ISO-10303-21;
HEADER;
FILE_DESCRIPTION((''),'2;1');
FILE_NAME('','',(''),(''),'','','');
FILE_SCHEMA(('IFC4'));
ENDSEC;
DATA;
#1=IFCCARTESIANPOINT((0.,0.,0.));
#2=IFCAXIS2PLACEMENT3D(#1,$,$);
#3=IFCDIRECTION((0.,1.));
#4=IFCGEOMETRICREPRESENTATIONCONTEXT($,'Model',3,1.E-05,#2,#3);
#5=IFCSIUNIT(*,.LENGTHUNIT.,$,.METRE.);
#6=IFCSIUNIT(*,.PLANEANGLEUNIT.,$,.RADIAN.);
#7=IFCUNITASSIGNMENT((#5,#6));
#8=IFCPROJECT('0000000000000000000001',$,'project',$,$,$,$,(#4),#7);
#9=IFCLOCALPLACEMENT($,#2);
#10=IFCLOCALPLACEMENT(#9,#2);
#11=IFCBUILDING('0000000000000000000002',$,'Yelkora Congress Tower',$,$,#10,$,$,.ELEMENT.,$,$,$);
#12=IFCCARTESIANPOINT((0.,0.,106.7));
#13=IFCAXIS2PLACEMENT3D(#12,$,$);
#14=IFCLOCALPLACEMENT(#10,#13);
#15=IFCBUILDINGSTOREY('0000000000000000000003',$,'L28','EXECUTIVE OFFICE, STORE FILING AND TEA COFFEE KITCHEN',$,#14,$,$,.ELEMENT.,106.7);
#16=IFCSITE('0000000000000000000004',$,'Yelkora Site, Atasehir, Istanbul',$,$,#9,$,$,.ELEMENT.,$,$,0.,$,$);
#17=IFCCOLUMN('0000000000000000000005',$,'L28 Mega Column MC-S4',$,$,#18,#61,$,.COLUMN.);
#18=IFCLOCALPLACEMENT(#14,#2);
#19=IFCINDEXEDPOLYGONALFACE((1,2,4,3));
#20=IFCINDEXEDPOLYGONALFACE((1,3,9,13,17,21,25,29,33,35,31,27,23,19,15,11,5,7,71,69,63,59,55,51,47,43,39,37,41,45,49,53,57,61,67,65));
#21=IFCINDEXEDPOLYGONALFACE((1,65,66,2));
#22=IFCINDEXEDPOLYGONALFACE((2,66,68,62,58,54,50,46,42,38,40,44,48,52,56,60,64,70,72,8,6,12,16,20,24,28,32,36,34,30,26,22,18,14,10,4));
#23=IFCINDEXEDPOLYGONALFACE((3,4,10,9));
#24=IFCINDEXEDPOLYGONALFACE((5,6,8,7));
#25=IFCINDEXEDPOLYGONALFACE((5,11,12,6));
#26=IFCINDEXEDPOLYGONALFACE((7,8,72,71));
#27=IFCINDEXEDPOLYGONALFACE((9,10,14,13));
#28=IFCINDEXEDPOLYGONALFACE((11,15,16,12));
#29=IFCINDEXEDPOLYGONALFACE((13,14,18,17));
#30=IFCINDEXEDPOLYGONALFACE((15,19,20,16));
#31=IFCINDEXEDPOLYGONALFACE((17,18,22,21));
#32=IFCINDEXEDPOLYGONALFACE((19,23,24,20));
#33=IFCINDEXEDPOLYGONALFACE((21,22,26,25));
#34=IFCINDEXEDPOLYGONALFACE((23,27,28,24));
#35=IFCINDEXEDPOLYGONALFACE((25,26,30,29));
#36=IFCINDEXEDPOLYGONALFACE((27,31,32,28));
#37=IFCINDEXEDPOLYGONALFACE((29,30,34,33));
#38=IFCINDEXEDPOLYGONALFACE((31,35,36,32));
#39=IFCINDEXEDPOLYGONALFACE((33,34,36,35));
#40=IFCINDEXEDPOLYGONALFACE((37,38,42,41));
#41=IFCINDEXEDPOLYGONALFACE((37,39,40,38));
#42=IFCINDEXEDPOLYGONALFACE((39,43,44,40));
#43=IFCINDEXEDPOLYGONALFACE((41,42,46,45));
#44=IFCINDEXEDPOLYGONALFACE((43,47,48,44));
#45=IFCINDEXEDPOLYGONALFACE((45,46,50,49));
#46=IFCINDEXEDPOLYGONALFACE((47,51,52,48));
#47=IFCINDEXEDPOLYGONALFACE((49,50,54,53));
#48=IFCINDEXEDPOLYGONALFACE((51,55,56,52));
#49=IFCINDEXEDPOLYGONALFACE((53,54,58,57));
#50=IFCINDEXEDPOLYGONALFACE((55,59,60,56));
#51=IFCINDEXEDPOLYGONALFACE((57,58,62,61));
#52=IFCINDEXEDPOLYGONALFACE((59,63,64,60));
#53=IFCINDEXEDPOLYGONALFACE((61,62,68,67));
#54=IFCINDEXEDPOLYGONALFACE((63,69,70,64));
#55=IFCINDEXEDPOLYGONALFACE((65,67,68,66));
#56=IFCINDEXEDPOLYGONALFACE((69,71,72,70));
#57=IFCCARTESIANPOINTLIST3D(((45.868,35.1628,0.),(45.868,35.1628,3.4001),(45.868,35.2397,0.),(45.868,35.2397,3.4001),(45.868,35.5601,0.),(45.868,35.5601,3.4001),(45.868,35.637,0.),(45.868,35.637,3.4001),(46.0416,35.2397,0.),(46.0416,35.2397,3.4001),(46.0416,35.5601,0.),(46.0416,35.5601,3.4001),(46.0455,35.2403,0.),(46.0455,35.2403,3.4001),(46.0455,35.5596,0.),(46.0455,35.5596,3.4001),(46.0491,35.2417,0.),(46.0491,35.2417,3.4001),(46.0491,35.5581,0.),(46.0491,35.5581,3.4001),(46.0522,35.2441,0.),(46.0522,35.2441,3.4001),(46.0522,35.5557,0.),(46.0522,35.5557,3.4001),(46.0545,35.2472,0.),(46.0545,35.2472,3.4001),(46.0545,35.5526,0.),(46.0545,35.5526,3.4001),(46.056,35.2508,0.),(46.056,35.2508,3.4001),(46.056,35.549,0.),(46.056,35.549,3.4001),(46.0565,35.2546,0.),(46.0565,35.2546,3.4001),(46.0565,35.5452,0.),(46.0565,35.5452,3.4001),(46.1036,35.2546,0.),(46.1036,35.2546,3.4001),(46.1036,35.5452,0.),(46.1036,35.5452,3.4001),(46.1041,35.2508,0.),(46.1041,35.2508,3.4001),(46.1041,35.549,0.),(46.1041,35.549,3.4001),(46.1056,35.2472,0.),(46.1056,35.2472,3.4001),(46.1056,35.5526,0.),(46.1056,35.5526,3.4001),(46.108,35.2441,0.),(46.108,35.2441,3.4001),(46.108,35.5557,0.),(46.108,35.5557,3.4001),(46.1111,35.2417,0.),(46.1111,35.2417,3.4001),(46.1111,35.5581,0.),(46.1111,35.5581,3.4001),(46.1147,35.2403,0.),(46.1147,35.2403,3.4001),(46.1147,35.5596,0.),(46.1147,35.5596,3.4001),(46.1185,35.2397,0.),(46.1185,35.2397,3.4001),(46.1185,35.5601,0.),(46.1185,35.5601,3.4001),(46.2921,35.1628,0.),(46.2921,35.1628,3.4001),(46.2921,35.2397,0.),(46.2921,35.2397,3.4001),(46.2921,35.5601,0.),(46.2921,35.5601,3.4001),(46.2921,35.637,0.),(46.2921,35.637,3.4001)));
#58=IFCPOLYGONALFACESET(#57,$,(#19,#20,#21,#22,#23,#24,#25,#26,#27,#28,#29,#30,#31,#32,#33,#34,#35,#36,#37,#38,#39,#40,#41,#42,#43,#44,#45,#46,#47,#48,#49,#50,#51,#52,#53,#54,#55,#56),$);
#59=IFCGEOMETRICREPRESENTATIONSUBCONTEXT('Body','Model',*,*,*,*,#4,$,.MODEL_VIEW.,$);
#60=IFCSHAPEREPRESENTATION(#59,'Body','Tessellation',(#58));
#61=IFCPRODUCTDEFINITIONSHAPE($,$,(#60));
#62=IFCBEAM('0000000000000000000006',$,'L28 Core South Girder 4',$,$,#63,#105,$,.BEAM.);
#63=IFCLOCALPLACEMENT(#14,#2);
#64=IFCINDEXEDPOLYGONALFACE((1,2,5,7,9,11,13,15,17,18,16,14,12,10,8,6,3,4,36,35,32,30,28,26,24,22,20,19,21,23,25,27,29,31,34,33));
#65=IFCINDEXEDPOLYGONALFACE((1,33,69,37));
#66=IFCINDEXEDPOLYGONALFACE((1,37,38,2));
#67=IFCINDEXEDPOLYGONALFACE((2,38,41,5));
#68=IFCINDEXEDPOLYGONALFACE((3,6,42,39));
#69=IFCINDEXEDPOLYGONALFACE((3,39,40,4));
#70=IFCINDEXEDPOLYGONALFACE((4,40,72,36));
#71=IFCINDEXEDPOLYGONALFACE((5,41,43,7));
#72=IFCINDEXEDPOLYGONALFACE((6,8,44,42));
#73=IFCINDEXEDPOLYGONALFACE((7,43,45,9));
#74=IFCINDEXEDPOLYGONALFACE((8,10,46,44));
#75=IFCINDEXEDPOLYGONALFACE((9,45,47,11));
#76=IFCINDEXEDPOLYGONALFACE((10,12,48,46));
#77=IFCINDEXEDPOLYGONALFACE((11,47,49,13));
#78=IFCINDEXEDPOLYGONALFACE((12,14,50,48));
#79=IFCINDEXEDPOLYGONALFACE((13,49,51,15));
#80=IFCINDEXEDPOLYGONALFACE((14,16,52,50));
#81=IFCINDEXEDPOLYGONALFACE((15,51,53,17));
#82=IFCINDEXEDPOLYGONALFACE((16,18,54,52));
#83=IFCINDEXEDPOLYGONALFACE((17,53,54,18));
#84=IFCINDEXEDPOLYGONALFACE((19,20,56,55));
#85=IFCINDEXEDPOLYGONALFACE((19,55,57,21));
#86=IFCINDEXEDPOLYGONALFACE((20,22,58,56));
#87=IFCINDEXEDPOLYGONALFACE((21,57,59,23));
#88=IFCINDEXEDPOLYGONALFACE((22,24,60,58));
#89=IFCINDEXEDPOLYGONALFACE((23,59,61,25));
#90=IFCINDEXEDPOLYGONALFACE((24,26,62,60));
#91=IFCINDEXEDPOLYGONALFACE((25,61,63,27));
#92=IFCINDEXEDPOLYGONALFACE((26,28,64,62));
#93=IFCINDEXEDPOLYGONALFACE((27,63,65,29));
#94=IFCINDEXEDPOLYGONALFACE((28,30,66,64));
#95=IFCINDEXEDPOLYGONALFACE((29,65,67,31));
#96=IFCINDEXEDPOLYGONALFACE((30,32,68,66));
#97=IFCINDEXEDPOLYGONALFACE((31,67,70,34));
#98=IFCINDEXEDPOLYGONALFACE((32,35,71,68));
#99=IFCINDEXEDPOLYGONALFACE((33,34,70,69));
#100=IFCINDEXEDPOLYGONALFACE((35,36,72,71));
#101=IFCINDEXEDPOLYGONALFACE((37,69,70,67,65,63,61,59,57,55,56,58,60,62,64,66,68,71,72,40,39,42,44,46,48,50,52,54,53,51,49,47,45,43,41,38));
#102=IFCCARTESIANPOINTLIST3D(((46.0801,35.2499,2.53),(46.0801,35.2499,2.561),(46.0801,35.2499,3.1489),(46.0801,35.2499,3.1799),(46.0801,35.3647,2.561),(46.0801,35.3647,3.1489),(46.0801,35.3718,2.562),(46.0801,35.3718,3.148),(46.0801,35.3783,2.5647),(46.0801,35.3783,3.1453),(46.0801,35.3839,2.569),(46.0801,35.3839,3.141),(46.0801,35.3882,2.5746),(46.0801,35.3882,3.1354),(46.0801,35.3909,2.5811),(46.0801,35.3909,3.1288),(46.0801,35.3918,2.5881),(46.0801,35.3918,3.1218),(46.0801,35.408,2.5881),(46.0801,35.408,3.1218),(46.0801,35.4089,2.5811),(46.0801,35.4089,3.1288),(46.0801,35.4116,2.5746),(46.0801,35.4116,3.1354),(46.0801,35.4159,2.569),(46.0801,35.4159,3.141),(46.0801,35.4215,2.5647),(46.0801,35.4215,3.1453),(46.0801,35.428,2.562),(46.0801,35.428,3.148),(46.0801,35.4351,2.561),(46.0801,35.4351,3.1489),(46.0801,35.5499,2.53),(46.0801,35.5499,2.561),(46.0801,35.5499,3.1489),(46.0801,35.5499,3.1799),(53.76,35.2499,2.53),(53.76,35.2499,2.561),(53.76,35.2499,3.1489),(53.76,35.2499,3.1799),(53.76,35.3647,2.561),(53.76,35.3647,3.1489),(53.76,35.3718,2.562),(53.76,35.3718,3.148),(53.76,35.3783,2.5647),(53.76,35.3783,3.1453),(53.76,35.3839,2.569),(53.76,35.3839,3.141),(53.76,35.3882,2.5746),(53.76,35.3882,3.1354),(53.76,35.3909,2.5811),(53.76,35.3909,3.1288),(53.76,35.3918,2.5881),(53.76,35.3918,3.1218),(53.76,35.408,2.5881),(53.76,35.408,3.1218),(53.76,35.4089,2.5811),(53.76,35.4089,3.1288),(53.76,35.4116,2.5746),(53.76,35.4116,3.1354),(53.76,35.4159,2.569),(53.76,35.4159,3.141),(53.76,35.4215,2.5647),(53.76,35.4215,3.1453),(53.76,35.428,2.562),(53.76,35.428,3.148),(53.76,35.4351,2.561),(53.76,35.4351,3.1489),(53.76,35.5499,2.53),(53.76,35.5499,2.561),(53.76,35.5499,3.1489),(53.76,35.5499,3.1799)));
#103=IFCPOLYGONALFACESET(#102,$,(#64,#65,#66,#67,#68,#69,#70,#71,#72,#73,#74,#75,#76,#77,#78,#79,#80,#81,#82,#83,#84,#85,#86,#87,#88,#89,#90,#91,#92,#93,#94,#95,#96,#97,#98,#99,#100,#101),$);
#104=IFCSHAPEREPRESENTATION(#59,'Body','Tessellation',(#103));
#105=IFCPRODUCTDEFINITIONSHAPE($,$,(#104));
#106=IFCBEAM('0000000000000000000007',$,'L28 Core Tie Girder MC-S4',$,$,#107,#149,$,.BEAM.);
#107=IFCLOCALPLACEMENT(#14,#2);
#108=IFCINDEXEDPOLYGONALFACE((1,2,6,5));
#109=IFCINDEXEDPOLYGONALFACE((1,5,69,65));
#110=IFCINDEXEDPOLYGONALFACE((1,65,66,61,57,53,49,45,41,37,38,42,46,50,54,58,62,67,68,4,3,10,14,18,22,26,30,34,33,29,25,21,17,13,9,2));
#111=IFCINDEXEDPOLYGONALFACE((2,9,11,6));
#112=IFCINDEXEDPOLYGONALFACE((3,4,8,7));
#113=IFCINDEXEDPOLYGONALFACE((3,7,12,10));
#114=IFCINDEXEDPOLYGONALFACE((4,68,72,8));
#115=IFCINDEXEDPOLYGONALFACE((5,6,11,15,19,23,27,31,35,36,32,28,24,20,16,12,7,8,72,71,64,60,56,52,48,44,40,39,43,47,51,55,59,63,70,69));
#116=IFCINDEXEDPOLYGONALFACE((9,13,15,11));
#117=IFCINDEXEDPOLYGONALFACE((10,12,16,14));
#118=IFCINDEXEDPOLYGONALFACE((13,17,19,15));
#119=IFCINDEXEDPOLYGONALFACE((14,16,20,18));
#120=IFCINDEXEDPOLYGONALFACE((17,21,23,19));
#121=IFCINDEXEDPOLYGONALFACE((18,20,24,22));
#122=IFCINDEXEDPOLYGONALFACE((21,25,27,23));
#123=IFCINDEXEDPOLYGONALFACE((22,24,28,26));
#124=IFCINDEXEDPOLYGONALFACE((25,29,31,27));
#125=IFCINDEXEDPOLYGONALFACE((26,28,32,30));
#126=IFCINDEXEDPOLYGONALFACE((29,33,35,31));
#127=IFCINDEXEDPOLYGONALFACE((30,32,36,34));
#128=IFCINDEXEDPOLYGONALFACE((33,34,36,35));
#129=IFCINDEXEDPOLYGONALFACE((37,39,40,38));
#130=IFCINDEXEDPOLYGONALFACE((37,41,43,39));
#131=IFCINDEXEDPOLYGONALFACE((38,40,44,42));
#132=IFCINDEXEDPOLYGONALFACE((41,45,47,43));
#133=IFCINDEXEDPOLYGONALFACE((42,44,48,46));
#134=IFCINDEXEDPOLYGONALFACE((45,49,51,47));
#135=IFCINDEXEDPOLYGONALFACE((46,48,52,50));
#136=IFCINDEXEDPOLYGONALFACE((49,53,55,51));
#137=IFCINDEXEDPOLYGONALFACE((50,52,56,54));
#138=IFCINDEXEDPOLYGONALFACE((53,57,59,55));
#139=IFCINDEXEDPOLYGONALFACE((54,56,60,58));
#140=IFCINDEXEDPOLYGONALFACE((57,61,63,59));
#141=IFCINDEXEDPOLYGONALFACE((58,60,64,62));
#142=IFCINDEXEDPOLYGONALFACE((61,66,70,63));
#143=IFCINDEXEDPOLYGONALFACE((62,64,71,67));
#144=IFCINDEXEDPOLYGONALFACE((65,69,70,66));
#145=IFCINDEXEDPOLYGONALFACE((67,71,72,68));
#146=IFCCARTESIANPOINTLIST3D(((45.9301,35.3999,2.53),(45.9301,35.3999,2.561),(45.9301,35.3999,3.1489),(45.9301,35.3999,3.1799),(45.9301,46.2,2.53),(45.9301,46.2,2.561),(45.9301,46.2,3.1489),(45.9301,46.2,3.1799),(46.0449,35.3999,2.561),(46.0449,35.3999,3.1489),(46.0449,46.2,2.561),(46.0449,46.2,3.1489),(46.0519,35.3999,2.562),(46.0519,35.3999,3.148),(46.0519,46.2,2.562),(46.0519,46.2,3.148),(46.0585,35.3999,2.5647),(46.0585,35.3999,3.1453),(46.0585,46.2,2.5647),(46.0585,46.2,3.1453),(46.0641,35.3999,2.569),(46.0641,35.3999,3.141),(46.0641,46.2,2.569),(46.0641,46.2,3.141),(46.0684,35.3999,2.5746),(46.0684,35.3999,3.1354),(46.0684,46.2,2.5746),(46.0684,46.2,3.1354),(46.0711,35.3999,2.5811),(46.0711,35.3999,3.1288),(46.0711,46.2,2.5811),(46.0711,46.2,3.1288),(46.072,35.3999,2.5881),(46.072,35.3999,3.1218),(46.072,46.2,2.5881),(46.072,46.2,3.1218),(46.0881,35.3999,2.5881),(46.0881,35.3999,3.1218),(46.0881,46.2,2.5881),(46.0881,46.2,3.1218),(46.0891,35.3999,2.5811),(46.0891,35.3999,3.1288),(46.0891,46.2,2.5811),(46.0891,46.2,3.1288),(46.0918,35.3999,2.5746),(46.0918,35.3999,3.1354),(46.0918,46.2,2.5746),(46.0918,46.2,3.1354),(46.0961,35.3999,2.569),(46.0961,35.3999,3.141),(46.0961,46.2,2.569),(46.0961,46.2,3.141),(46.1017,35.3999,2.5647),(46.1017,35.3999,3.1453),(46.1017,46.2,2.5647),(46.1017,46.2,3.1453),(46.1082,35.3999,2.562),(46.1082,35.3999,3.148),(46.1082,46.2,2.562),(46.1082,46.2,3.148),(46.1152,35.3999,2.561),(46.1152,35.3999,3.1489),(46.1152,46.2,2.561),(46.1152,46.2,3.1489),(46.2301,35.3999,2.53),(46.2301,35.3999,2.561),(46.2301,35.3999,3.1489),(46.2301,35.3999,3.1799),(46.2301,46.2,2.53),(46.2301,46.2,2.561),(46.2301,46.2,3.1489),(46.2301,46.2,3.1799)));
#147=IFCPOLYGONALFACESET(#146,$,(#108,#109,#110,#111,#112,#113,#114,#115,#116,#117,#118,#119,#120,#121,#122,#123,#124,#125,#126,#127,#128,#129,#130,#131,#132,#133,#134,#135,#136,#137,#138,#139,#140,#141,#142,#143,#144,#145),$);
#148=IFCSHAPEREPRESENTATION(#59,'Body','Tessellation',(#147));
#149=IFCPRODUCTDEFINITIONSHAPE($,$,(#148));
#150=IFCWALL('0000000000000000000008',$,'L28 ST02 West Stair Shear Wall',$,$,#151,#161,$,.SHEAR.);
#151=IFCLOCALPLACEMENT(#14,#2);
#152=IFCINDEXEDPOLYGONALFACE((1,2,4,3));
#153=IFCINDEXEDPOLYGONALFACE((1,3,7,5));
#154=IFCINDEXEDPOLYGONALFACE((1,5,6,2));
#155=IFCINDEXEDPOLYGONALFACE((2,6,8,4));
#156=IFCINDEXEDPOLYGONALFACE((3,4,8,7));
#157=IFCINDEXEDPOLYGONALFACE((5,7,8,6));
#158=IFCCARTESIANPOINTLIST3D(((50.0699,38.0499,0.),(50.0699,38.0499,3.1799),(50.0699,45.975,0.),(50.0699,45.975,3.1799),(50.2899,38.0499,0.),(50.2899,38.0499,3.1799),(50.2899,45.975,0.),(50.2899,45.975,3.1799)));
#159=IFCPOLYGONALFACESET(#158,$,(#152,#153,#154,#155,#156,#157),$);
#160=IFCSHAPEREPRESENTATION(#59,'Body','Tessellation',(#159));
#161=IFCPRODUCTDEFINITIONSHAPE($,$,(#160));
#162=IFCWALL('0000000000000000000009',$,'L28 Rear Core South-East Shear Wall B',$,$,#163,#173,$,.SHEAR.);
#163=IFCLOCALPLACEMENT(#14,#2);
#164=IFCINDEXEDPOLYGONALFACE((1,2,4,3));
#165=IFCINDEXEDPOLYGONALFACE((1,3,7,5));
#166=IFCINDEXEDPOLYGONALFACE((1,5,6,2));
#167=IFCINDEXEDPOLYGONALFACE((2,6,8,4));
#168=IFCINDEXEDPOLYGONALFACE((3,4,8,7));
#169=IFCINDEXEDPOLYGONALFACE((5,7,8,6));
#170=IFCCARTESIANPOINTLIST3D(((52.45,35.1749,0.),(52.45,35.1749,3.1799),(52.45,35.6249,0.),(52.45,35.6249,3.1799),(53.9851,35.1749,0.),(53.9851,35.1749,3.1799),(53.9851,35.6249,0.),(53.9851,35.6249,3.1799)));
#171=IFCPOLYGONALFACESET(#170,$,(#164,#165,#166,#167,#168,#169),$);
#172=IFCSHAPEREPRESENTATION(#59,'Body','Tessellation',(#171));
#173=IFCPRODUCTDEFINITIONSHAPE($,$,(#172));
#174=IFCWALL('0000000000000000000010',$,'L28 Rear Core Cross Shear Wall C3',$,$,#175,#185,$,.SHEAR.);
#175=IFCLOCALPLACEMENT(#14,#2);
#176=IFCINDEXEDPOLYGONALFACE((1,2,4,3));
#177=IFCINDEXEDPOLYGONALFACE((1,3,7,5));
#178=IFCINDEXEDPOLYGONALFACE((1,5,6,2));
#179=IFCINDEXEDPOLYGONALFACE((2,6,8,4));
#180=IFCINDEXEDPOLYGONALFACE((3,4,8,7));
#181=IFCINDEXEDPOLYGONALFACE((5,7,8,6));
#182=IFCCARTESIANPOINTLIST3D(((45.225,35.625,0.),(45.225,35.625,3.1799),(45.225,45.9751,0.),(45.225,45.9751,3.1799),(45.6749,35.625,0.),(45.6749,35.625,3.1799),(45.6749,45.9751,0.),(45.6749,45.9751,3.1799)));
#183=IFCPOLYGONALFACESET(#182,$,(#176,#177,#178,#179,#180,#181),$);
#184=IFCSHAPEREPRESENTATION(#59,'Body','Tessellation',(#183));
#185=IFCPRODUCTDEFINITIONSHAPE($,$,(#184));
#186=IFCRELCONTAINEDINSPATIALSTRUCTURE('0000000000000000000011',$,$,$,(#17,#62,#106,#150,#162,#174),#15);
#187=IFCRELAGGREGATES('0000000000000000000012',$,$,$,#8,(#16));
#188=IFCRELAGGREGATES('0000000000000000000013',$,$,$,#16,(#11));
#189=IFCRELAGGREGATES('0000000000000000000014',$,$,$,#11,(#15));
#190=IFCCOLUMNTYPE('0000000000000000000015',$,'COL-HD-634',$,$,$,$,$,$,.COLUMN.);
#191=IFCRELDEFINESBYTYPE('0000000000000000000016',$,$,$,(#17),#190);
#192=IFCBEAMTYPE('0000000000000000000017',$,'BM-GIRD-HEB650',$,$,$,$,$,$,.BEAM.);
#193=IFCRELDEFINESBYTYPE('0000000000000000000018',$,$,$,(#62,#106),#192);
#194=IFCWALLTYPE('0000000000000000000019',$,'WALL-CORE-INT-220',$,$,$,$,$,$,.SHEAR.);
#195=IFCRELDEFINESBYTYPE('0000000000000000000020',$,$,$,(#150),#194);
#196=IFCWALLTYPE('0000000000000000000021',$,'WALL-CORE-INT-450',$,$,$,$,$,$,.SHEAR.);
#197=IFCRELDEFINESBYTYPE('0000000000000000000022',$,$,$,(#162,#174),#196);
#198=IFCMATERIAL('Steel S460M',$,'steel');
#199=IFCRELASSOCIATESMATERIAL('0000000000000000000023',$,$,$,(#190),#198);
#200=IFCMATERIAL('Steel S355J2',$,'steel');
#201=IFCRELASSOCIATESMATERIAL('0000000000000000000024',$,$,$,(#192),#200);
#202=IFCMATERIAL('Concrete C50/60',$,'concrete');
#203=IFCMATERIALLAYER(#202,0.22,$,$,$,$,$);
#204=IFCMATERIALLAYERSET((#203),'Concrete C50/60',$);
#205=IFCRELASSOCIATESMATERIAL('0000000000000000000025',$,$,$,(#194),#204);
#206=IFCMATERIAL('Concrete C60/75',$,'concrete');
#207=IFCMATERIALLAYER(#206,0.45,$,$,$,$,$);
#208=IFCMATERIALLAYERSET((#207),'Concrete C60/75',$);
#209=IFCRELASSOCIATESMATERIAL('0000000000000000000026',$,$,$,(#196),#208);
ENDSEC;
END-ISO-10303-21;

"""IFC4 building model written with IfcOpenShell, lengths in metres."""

from ifc_helpers import new_model, si_unit, direction, frame, frame_2d, origin, origin_2d, place, context, subcontext, project, spatial, rectangle, i_section, extrude, material, layer, layer_set, material_profile, profile_set, type_object, element, save


model = new_model("IFC4")

# Units and contexts
model_context = context("Model", 3, precision=1e-05, world=origin(), true_north=direction((0.0, 1.0)))
body_context = subcontext(model_context, "Body", "Model", "MODEL_VIEW")
ifc_project = project(units=[si_unit("LENGTHUNIT", "METRE"), si_unit("PLANEANGLEUNIT", "RADIAN")], contexts=[model_context])

# Site, building, storey
site_placement = place(None, origin())
site = spatial("IfcSite", under=ifc_project, at=site_placement, Name="Yelkora Site, Atasehir, Istanbul", CompositionType="ELEMENT", RefElevation=0.0)
building_placement = place(site_placement, origin())
building = spatial("IfcBuilding", under=site, at=building_placement, Name="Yelkora Congress Tower", CompositionType="ELEMENT")
storey_placement = place(building_placement, frame((0.0, 0.0, 106.7)))
storey = spatial("IfcBuildingStorey", under=building, at=storey_placement, Name="L28", Description="EXECUTIVE OFFICE, STORE FILING AND TEA COFFEE KITCHEN", CompositionType="ELEMENT", Elevation=106.7)

# Column
ifc_material_1 = material(Name="Steel S460M", Category="steel")
ifc_material_profile_1 = material_profile(ifc_material_1, i_section(OverallWidth=0.4241, OverallDepth=0.4741, WebThickness=0.0471, FlangeThickness=0.0769, FilletRadius=0.0149, at=origin_2d()), Name="HD 400x634")
ifc_profile_set_1 = profile_set([ifc_material_profile_1], Name="Steel S460M")
column_type = type_object("IfcColumnType", Name="COL-HD-634", PredefinedType="COLUMN", material=ifc_profile_set_1)
column_placement = place(storey_placement, frame((46.0801, 35.3999, 0.0), z_axis=(0.0, 0.0, 1.0), x_axis=(1.0, 0.0, 0.0)))
element("IfcColumn", 1, at=column_placement, inside=storey, type_object=column_type, Name="L28 Mega Column MC-S4", PredefinedType="COLUMN", context=body_context, shape_type="SweptSolid", body=[
    extrude(i_section(OverallWidth=0.4241, OverallDepth=0.4741, WebThickness=0.0471, FlangeThickness=0.0769, FilletRadius=0.0149, at=origin_2d()), origin(), (0.0, 0.0, 1.0), 3.4001),
])

# Beams
ifc_material_2 = material(Name="Steel S355J2", Category="steel")
ifc_material_profile_2 = material_profile(ifc_material_2, i_section(OverallWidth=0.3, OverallDepth=0.6499, WebThickness=0.0161, FlangeThickness=0.031, FilletRadius=0.0271, at=origin_2d()), Name="HEB 650")
ifc_profile_set_2 = profile_set([ifc_material_profile_2], Name="Steel S355J2")
beam_type = type_object("IfcBeamType", Name="BM-GIRD-HEB650", PredefinedType="BEAM", material=ifc_profile_set_2)
beam_1_placement = place(storey_placement, frame((46.0801, 35.3999, 2.855), z_axis=(1.0, 0.0, 0.0), x_axis=(0.0, 1.0, 0.0)))
element("IfcBeam", 2, at=beam_1_placement, inside=storey, type_object=beam_type, Name="L28 Core South Girder 4", PredefinedType="BEAM", context=body_context, shape_type="SweptSolid", body=[
    extrude(i_section(OverallWidth=0.3, OverallDepth=0.6499, WebThickness=0.0161, FlangeThickness=0.031, FilletRadius=0.0271, at=origin_2d()), origin(), (0.0, 0.0, 1.0), 7.6799),
])
beam_2_placement = place(storey_placement, frame((46.0801, 35.3999, 2.855), z_axis=(0.0, 1.0, 0.0), x_axis=(-1.0, 0.0, 0.0)))
element("IfcBeam", 3, at=beam_2_placement, inside=storey, type_object=beam_type, Name="L28 Core Tie Girder MC-S4", PredefinedType="BEAM", context=body_context, shape_type="SweptSolid", body=[
    extrude(i_section(OverallWidth=0.3, OverallDepth=0.6499, WebThickness=0.0161, FlangeThickness=0.031, FilletRadius=0.0271, at=origin_2d()), origin(), (0.0, 0.0, 1.0), 10.8),
])

# Wall
ifc_material_3 = material(Name="Concrete C50/60", Category="concrete")
ifc_layer_1 = layer(ifc_material_3, 0.22)
ifc_layer_set_1 = layer_set([ifc_layer_1], Name="Concrete C50/60")
wall_type_1 = type_object("IfcWallType", Name="WALL-CORE-INT-220", PredefinedType="SHEAR", material=ifc_layer_set_1)
wall_1_placement = place(storey_placement, frame((50.1799, 38.05, 0.0), z_axis=(0.0, 0.0, 1.0), x_axis=(0.0, 1.0, 0.0)))
element("IfcWall", 4, at=wall_1_placement, inside=storey, type_object=wall_type_1, Name="L28 ST02 West Stair Shear Wall", PredefinedType="SHEAR", context=body_context, shape_type="SweptSolid", body=[
    extrude(rectangle(XDim=7.925, YDim=0.22, at=frame_2d((3.9624, 0.0))), origin(), (0.0, 0.0, 1.0), 3.1799),
])

# Shared definitions
ifc_material_4 = material(Name="Concrete C60/75", Category="concrete")
ifc_layer_2 = layer(ifc_material_4, 0.45)
ifc_layer_set_2 = layer_set([ifc_layer_2], Name="Concrete C60/75")
wall_type_2 = type_object("IfcWallType", Name="WALL-CORE-INT-450", PredefinedType="SHEAR", material=ifc_layer_set_2)

# Walls
wall_2_placement = place(storey_placement, frame((52.45, 35.3999, 0.0), z_axis=(0.0, 0.0, 1.0), x_axis=(1.0, 0.0, 0.0)))
element("IfcWall", 5, at=wall_2_placement, inside=storey, type_object=wall_type_2, Name="L28 Rear Core South-East Shear Wall B", PredefinedType="SHEAR", context=body_context, shape_type="SweptSolid", body=[
    extrude(rectangle(XDim=1.5352, YDim=0.45, at=frame_2d((0.7676, 0.0))), origin(), (0.0, 0.0, 1.0), 3.1799),
])
wall_3_placement = place(storey_placement, frame((45.45, 35.625, 0.0), z_axis=(0.0, 0.0, 1.0), x_axis=(0.0, 1.0, 0.0)))
element("IfcWall", 6, at=wall_3_placement, inside=storey, type_object=wall_type_2, Name="L28 Rear Core Cross Shear Wall C3", PredefinedType="SHEAR", context=body_context, shape_type="SweptSolid", body=[
    extrude(rectangle(XDim=10.3501, YDim=0.45, at=frame_2d((5.175, 0.0))), origin(), (0.0, 0.0, 1.0), 3.1799),
])

save(model, "model.ifc")
